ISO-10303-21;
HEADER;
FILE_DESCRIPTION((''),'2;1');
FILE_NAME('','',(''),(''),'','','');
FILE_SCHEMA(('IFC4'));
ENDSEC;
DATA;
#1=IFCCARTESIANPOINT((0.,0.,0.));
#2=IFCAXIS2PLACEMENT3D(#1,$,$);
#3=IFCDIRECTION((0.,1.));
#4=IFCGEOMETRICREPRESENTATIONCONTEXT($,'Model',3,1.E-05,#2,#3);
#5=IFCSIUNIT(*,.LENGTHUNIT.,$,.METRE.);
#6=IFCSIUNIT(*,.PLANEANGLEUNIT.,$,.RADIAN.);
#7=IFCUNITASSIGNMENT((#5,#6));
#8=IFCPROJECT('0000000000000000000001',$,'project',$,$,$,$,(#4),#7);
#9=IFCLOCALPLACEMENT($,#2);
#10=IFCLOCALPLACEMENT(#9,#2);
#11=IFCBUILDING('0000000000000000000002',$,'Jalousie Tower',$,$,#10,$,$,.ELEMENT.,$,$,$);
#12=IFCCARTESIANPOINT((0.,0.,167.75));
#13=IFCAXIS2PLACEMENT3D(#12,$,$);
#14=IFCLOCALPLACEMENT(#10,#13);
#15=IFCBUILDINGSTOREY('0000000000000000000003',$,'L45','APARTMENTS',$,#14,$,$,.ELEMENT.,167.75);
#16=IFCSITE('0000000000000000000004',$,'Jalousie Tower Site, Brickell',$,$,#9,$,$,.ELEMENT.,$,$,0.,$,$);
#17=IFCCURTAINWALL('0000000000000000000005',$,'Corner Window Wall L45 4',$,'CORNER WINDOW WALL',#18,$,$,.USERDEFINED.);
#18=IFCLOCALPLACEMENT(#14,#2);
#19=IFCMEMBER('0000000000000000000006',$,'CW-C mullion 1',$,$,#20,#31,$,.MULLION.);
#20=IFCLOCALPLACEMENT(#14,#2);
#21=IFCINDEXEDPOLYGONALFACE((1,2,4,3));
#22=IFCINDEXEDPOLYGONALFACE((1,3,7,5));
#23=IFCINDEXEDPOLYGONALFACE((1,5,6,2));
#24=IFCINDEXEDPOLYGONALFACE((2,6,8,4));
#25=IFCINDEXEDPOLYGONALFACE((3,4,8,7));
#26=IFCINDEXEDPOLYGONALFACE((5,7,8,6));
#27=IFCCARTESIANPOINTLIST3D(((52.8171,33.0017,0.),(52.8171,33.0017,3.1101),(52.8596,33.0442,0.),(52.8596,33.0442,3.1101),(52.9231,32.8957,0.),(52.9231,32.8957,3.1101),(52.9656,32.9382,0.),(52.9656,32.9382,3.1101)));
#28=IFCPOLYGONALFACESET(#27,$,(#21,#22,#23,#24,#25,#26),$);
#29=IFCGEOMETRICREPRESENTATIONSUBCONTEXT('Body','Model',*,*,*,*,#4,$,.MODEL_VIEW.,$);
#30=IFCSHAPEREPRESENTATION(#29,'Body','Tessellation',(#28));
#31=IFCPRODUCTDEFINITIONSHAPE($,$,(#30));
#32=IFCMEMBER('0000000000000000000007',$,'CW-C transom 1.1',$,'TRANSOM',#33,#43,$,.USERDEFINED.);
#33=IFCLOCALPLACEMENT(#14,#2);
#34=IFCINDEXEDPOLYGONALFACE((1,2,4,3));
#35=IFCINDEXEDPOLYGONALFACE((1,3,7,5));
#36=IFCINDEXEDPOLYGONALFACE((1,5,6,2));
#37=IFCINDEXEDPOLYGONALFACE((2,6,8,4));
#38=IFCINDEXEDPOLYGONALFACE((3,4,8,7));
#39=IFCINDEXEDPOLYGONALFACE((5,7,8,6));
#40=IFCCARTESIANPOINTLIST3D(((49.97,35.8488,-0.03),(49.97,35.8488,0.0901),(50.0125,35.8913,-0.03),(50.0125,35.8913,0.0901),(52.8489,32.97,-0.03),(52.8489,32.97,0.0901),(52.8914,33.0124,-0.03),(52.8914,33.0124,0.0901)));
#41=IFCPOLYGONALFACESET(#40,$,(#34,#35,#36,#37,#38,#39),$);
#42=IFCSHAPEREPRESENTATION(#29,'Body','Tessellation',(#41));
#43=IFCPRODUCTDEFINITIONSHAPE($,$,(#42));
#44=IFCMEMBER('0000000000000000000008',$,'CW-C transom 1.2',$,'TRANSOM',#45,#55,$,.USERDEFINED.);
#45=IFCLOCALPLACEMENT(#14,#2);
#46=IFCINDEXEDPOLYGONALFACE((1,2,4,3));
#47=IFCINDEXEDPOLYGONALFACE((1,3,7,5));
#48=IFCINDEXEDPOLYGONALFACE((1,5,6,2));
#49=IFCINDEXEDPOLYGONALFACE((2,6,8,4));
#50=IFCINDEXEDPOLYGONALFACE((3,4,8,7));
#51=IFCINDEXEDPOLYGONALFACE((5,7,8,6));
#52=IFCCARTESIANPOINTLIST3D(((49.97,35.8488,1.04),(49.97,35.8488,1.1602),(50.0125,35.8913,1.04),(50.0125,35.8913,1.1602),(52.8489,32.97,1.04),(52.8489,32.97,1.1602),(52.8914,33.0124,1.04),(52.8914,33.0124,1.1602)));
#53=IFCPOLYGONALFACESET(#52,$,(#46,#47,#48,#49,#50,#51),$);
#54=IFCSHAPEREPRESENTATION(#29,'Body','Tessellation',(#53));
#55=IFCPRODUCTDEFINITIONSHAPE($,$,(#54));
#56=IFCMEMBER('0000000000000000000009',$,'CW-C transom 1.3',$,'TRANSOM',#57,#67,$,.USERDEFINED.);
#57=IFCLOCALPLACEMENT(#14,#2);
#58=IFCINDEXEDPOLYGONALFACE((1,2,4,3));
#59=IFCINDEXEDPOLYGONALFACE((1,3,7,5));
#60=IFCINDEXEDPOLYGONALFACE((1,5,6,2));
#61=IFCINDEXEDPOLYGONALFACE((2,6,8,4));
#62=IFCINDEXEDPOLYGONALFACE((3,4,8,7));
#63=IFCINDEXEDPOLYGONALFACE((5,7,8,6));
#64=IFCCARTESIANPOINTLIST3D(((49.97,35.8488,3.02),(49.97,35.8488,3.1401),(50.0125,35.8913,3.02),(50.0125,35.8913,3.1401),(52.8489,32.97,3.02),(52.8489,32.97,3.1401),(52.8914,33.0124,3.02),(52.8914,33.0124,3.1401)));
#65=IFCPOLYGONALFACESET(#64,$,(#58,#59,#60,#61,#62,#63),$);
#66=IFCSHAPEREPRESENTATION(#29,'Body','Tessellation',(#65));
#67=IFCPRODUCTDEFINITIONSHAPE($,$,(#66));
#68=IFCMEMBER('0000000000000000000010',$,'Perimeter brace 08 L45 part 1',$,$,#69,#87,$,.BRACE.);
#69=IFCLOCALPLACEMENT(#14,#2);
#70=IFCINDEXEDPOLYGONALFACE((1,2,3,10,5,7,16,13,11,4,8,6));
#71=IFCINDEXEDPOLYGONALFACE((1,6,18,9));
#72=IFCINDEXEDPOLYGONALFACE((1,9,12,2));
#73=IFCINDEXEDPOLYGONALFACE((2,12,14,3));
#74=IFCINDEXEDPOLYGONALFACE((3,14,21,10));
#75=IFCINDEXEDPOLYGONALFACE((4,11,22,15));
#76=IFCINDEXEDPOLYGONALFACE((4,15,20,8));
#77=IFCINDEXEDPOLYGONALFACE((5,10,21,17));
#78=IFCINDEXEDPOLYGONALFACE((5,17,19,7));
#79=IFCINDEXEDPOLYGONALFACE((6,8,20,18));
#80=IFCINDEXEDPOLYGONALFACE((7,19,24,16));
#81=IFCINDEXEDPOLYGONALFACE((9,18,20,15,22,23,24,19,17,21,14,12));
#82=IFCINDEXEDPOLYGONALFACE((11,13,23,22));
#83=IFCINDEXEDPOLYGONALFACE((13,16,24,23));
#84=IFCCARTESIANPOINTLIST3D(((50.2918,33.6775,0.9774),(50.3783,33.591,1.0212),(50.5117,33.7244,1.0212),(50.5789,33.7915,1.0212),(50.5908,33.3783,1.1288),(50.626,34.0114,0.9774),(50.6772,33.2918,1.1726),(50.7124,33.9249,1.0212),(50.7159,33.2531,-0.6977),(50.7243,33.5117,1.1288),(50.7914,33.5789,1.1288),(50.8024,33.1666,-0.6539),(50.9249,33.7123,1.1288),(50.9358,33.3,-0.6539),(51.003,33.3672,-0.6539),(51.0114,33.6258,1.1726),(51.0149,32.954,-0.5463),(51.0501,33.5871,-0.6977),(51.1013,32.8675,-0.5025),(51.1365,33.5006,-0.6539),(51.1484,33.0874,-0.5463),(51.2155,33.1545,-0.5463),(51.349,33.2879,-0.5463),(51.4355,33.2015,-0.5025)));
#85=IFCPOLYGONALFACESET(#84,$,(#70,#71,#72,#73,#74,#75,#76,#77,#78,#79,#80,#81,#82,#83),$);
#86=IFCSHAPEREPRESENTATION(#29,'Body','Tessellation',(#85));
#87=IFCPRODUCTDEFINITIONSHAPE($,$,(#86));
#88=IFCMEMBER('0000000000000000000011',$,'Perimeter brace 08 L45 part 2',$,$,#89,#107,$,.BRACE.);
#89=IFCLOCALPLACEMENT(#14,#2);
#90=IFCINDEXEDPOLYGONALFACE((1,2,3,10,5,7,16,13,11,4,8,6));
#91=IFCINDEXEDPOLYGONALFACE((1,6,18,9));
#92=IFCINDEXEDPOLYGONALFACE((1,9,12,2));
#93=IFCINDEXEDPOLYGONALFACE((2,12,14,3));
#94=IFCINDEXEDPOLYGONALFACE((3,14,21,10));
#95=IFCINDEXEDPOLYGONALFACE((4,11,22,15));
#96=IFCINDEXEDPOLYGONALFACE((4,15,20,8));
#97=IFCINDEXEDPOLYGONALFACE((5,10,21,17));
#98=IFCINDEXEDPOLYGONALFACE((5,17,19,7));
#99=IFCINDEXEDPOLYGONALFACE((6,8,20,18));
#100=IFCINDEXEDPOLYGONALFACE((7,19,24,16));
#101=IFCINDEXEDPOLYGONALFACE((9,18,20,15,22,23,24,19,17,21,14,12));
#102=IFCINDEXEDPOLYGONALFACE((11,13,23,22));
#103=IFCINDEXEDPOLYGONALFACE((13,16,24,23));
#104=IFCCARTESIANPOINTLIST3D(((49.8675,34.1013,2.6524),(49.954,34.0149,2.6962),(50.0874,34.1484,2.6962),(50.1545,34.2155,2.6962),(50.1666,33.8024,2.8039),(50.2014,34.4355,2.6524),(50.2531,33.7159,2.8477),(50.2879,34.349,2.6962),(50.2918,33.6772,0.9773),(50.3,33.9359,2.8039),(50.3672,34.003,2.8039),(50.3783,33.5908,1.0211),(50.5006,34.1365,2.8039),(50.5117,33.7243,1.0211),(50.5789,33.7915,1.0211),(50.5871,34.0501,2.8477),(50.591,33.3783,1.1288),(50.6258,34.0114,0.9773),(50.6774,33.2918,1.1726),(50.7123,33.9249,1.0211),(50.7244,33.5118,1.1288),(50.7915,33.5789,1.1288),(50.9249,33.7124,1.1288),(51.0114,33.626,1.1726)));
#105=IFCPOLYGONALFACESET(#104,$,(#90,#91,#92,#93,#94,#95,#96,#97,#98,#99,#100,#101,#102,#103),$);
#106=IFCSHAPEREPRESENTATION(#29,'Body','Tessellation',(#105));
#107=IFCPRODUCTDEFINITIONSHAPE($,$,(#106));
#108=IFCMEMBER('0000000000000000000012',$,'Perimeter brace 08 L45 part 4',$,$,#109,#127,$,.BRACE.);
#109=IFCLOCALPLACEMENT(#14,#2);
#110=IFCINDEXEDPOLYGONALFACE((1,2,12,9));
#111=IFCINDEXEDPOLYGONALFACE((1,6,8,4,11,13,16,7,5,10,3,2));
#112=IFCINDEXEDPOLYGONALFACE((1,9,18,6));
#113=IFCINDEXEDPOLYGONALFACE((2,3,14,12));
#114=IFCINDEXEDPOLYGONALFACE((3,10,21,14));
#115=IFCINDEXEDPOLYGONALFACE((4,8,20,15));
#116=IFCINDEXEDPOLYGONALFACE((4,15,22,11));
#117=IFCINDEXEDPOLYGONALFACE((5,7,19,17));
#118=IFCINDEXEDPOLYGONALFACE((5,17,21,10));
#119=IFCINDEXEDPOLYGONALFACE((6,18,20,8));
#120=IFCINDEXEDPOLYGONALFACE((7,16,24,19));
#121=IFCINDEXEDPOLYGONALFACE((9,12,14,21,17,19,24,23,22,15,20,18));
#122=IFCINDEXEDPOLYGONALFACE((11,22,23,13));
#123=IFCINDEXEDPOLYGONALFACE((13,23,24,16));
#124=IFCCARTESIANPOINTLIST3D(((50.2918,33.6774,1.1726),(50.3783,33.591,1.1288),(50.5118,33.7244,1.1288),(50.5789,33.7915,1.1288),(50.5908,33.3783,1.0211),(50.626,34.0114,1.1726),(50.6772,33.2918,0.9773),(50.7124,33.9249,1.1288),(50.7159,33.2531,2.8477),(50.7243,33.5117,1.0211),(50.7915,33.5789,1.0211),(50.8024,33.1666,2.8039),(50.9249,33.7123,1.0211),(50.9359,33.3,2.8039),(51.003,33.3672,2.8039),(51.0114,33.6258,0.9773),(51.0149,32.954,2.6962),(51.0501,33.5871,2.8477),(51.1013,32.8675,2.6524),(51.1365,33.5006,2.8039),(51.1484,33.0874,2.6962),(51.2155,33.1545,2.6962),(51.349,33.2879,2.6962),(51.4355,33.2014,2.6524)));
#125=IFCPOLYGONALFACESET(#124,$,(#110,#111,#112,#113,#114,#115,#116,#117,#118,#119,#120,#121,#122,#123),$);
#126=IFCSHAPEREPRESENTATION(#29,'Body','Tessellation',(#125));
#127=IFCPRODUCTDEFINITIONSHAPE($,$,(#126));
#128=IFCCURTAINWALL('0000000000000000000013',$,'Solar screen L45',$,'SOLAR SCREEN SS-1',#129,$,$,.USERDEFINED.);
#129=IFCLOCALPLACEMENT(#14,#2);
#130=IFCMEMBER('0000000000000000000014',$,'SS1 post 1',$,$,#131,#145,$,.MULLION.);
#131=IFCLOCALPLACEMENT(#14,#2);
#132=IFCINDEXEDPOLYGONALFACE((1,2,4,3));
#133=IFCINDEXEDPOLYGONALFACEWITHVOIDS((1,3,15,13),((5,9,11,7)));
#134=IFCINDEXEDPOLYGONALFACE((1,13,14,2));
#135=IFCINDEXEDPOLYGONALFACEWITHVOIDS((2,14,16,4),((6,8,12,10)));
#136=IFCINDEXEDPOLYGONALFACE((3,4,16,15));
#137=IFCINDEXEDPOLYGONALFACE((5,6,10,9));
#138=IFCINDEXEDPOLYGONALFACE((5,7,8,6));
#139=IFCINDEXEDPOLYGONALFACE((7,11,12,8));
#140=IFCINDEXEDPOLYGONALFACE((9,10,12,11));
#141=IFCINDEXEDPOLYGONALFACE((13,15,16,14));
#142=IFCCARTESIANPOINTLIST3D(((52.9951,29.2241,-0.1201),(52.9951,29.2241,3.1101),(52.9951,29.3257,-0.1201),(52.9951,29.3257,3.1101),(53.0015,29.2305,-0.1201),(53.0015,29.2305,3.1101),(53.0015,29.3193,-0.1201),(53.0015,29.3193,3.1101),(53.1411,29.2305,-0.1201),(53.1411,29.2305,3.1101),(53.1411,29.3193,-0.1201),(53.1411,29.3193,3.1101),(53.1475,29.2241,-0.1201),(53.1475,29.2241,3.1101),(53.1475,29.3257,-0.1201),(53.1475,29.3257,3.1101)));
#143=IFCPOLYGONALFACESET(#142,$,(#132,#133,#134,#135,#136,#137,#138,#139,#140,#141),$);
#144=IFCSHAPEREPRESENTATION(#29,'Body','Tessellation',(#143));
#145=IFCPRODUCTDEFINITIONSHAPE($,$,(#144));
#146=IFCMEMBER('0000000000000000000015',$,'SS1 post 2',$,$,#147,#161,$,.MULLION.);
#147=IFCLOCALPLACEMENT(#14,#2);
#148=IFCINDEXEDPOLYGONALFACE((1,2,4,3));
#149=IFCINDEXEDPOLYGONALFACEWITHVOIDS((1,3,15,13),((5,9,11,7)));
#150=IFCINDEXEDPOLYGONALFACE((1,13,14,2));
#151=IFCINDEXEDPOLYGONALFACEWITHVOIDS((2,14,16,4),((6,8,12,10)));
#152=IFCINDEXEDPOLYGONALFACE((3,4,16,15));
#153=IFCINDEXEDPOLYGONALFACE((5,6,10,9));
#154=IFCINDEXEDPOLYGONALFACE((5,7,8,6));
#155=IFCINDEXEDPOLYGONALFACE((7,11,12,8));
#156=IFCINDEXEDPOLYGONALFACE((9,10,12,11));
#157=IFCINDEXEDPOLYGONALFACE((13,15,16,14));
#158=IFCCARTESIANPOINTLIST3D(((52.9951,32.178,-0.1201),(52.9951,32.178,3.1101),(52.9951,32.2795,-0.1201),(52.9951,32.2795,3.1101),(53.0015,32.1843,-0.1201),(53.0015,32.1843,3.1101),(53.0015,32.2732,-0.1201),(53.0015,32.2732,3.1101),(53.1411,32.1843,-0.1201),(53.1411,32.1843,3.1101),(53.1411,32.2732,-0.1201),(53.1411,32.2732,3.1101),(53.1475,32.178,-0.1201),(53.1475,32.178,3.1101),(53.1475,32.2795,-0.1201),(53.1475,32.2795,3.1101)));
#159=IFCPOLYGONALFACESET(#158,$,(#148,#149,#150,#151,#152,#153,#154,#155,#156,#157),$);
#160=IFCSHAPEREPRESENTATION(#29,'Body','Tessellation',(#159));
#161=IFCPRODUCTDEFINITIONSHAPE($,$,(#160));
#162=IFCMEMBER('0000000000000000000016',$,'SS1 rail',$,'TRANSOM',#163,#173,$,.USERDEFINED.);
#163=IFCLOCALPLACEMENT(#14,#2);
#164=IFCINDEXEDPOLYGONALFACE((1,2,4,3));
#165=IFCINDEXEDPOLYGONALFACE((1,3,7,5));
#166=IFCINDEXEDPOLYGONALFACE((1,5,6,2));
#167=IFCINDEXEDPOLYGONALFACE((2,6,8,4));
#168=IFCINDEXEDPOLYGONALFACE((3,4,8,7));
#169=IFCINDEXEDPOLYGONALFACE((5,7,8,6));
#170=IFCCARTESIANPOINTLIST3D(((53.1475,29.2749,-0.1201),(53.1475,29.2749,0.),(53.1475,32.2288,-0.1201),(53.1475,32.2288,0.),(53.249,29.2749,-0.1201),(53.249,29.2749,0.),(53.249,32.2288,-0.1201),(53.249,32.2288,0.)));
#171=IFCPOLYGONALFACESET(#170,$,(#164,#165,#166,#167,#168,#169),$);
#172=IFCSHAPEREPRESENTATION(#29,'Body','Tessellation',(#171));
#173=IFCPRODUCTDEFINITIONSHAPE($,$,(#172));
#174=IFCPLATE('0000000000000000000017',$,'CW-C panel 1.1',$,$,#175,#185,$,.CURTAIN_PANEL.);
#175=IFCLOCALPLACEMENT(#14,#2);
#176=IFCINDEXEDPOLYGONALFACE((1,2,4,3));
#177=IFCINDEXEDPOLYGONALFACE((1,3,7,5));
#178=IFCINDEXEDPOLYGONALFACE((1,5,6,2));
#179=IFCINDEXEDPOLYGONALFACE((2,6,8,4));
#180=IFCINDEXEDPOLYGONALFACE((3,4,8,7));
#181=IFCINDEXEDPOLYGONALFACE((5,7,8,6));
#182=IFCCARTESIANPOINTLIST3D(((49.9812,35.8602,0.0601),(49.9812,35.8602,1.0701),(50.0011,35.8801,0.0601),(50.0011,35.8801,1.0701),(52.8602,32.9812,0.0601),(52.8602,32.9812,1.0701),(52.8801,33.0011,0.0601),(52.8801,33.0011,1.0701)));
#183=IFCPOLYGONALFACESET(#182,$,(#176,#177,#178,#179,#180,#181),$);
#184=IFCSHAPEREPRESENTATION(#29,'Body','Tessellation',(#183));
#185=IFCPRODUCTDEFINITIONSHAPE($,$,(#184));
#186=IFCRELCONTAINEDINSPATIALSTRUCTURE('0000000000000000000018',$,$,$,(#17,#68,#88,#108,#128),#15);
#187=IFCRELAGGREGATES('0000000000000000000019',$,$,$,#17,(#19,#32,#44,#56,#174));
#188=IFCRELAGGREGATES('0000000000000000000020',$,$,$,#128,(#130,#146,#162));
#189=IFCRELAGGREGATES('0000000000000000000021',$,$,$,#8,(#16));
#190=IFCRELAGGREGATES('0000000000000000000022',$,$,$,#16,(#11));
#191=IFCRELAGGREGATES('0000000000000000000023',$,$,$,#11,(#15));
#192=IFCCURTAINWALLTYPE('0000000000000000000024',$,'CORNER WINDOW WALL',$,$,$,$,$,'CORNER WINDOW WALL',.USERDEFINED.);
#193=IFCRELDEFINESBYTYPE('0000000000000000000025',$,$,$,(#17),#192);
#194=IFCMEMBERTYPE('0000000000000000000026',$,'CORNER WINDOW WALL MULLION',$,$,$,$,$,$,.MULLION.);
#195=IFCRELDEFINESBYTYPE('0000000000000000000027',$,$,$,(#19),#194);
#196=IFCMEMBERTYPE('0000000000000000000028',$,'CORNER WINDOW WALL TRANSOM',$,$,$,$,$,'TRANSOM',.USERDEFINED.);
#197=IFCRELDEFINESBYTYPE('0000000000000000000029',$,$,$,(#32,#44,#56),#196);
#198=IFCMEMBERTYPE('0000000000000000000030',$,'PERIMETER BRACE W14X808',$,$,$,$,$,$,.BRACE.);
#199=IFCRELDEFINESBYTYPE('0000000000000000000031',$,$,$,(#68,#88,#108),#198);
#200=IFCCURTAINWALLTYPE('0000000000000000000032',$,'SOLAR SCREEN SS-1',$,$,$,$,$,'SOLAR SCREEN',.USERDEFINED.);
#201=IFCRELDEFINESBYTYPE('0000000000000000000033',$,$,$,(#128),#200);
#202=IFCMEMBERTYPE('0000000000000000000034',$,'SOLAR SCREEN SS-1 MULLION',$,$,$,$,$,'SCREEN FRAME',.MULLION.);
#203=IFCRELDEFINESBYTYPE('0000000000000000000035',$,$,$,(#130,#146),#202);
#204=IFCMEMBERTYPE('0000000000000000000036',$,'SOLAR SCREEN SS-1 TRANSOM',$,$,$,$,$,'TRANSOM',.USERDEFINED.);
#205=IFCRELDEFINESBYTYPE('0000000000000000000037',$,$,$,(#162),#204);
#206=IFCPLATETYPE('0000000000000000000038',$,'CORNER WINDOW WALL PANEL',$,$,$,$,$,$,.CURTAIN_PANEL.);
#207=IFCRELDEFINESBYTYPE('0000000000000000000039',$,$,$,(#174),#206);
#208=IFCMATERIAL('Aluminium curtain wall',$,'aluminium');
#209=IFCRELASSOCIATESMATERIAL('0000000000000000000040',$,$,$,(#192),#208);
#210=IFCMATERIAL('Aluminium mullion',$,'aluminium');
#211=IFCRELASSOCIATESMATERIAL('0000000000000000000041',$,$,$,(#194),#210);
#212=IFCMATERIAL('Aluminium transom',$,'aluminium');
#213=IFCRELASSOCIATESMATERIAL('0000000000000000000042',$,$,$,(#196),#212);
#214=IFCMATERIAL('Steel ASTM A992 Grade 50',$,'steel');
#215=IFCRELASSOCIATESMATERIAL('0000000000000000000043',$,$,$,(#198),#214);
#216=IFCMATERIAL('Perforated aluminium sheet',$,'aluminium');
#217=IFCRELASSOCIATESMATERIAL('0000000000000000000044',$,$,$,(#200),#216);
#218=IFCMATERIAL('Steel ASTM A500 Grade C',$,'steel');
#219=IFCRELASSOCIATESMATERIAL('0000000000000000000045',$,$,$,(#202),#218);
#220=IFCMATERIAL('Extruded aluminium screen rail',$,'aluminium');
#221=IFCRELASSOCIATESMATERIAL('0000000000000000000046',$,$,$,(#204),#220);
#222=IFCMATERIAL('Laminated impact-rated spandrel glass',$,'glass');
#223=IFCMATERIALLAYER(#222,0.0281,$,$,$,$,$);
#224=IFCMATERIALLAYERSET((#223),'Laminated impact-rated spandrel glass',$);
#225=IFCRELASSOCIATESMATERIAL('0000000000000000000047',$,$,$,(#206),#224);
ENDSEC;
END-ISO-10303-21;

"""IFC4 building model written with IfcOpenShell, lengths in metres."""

from ifc_helpers import new_model, si_unit, direction, frame, origin, origin_2d, place, context, subcontext, project, spatial, rectangle, hollow_rectangle, i_section, extrude, material, layer, layer_set, material_profile, profile_set, type_object, element, aggregate, save


model = new_model("IFC4")

# Units and contexts
model_context = context("Model", 3, precision=1e-05, world=origin(), true_north=direction((0.0, 1.0)))
body_context = subcontext(model_context, "Body", "Model", "MODEL_VIEW")
ifc_project = project(units=[si_unit("LENGTHUNIT", "METRE"), si_unit("PLANEANGLEUNIT", "RADIAN")], contexts=[model_context])

# Site, building, storey
site_placement = place(None, origin())
site = spatial("IfcSite", under=ifc_project, at=site_placement, Name="Jalousie Tower Site, Brickell", CompositionType="ELEMENT", RefElevation=0.0)
building_placement = place(site_placement, origin())
building = spatial("IfcBuilding", under=site, at=building_placement, Name="Jalousie Tower", CompositionType="ELEMENT")
storey_placement = place(building_placement, frame((0.0, 0.0, 167.75)))
storey = spatial("IfcBuildingStorey", under=building, at=storey_placement, Name="L45", Description="APARTMENTS", CompositionType="ELEMENT", Elevation=167.75)

# Curtain wall, members
ifc_material_1 = material(Name="Aluminium curtain wall", Category="aluminium")
curtain_wall_type_1 = type_object("IfcCurtainWallType", Name="CORNER WINDOW WALL", ElementType="CORNER WINDOW WALL", PredefinedType="USERDEFINED", material=ifc_material_1)
curtain_wall_1_placement = place(storey_placement, origin())
curtain_wall_1 = element("IfcCurtainWall", 1, at=curtain_wall_1_placement, inside=storey, type_object=curtain_wall_type_1, Name="Corner Window Wall L45 4", ObjectType="CORNER WINDOW WALL", PredefinedType="USERDEFINED")
ifc_material_2 = material(Name="Aluminium mullion", Category="aluminium")
ifc_material_profile_1 = material_profile(ifc_material_2, rectangle(XDim=0.0601, YDim=0.1499, at=origin_2d()), Name="MULLION 60x150")
ifc_profile_set_1 = profile_set([ifc_material_profile_1], Name="Aluminium mullion")
member_type_1 = type_object("IfcMemberType", Name="CORNER WINDOW WALL MULLION", PredefinedType="MULLION", material=ifc_profile_set_1)
member_1_placement = place(storey_placement, frame((52.8914, 32.97, 0.0), z_axis=(0.0, 0.0, 1.0), x_axis=(-0.707107, -0.707107, 0.0)))
member_1 = element("IfcMember", 2, at=member_1_placement, type_object=member_type_1, Name="CW-C mullion 1", PredefinedType="MULLION", context=body_context, shape_type="SweptSolid", body=[
    extrude(rectangle(XDim=0.0601, YDim=0.1499, at=origin_2d()), origin(), (0.0, 0.0, 1.0), 3.1101),
])
ifc_material_3 = material(Name="Aluminium transom", Category="aluminium")
ifc_material_profile_2 = material_profile(ifc_material_3, rectangle(XDim=0.0601, YDim=0.1201, at=origin_2d()), Name="TRANSOM 60x120")
ifc_profile_set_2 = profile_set([ifc_material_profile_2], Name="Aluminium transom")
member_type_2 = type_object("IfcMemberType", Name="CORNER WINDOW WALL TRANSOM", ElementType="TRANSOM", PredefinedType="USERDEFINED", material=ifc_profile_set_2)
member_2_placement = place(storey_placement, frame((52.8701, 32.9912, 0.03), z_axis=(-0.707107, 0.707107, 0.0), x_axis=(-0.707107, -0.707107, 0.0)))
member_2 = element("IfcMember", 3, at=member_2_placement, type_object=member_type_2, Name="CW-C transom 1.1", ObjectType="TRANSOM", PredefinedType="USERDEFINED", context=body_context, shape_type="SweptSolid", body=[
    extrude(rectangle(XDim=0.0601, YDim=0.1201, at=origin_2d()), origin(), (0.0, 0.0, 1.0), 4.0713),
])
member_3_placement = place(storey_placement, frame((52.8701, 32.9912, 1.1001), z_axis=(-0.707107, 0.707107, 0.0), x_axis=(-0.707107, -0.707107, 0.0)))
member_3 = element("IfcMember", 4, at=member_3_placement, type_object=member_type_2, Name="CW-C transom 1.2", ObjectType="TRANSOM", PredefinedType="USERDEFINED", context=body_context, shape_type="SweptSolid", body=[
    extrude(rectangle(XDim=0.0601, YDim=0.1201, at=origin_2d()), origin(), (0.0, 0.0, 1.0), 4.0713),
])
member_4_placement = place(storey_placement, frame((52.8701, 32.9912, 3.0801), z_axis=(-0.707107, 0.707107, 0.0), x_axis=(-0.707107, -0.707107, 0.0)))
member_4 = element("IfcMember", 5, at=member_4_placement, type_object=member_type_2, Name="CW-C transom 1.3", ObjectType="TRANSOM", PredefinedType="USERDEFINED", context=body_context, shape_type="SweptSolid", body=[
    extrude(rectangle(XDim=0.0601, YDim=0.1201, at=origin_2d()), origin(), (0.0, 0.0, 1.0), 4.0713),
])

# Members
ifc_material_4 = material(Name="Steel ASTM A992 Grade 50", Category="steel")
ifc_material_profile_3 = material_profile(ifc_material_4, i_section(OverallWidth=0.4724, OverallDepth=0.5791, WebThickness=0.095, FlangeThickness=0.1299, at=origin_2d()), Name="W14X808")
ifc_profile_set_3 = profile_set([ifc_material_profile_3], Name="Steel ASTM A992 Grade 50")
member_type_3 = type_object("IfcMemberType", Name="PERIMETER BRACE W14X808", PredefinedType="BRACE", material=ifc_profile_set_3)
for number, where, z_axis, x_axis, name in (
    (6, (51.0757, 33.2273, -0.6001), (-0.238346, 0.238483, 0.941444), (-0.70731, -0.706903, 0.0), "Perimeter brace 08 L45 part 1"),
    (7, (50.6516, 33.6516, 1.075), (-0.238483, 0.238346, 0.941444), (-0.706903, -0.70731, 0.0), "Perimeter brace 08 L45 part 2"),
    (8, (50.6516, 33.6516, 1.075), (0.238346, -0.238483, 0.941444), (0.70731, 0.706903, 0.0), "Perimeter brace 08 L45 part 4"),
):
    element("IfcMember", number, at=place(storey_placement, frame(where, z_axis=z_axis, x_axis=x_axis)), inside=storey, type_object=member_type_3, Name=name, PredefinedType="BRACE", context=body_context, shape_type="SweptSolid", body=[
        extrude(i_section(OverallWidth=0.4724, OverallDepth=0.5791, WebThickness=0.095, FlangeThickness=0.1299, at=origin_2d()), origin(), (0.0, 0.0, 1.0), 1.7793),
    ])

# Curtain wall, members
ifc_material_5 = material(Name="Perforated aluminium sheet", Category="aluminium")
curtain_wall_type_2 = type_object("IfcCurtainWallType", Name="SOLAR SCREEN SS-1", ElementType="SOLAR SCREEN", PredefinedType="USERDEFINED", material=ifc_material_5)
curtain_wall_2_placement = place(storey_placement, origin())
curtain_wall_2 = element("IfcCurtainWall", 9, at=curtain_wall_2_placement, inside=storey, type_object=curtain_wall_type_2, Name="Solar screen L45", ObjectType="SOLAR SCREEN SS-1", PredefinedType="USERDEFINED")
ifc_material_6 = material(Name="Steel ASTM A500 Grade C", Category="steel")
ifc_material_profile_4 = material_profile(ifc_material_6, hollow_rectangle(XDim=0.1016, YDim=0.1523, WallThickness=0.0063, at=origin_2d()), Name="HSS6X4X1/4")
ifc_profile_set_4 = profile_set([ifc_material_profile_4], Name="Steel ASTM A500 Grade C")
member_type_4 = type_object("IfcMemberType", Name="SOLAR SCREEN SS-1 MULLION", ElementType="SCREEN FRAME", PredefinedType="MULLION", material=ifc_profile_set_4)
member_5_placement = place(storey_placement, frame((53.0713, 29.2749, -0.1201), z_axis=(0.0, 0.0, 1.0), x_axis=(0.0, 1.0, 0.0)))
member_5 = element("IfcMember", 10, at=member_5_placement, type_object=member_type_4, Name="SS1 post 1", PredefinedType="MULLION", context=body_context, shape_type="SweptSolid", body=[
    extrude(hollow_rectangle(XDim=0.1016, YDim=0.1523, WallThickness=0.0063, at=origin_2d()), origin(), (0.0, 0.0, 1.0), 3.2302),
])
member_6_placement = place(storey_placement, frame((53.0713, 32.2288, -0.1201), z_axis=(0.0, 0.0, 1.0), x_axis=(0.0, 1.0, 0.0)))
member_6 = element("IfcMember", 11, at=member_6_placement, type_object=member_type_4, Name="SS1 post 2", PredefinedType="MULLION", context=body_context, shape_type="SweptSolid", body=[
    extrude(hollow_rectangle(XDim=0.1016, YDim=0.1523, WallThickness=0.0063, at=origin_2d()), origin(), (0.0, 0.0, 1.0), 3.2302),
])
ifc_material_7 = material(Name="Extruded aluminium screen rail", Category="aluminium")
ifc_material_profile_5 = material_profile(ifc_material_7, rectangle(XDim=0.1016, YDim=0.1201, at=origin_2d()), Name="RAIL 102x120")
ifc_profile_set_5 = profile_set([ifc_material_profile_5], Name="Extruded aluminium screen rail")
member_type_5 = type_object("IfcMemberType", Name="SOLAR SCREEN SS-1 TRANSOM", ElementType="TRANSOM", PredefinedType="USERDEFINED", material=ifc_profile_set_5)
member_7_placement = place(storey_placement, frame((53.1982, 29.2749, -0.0601), z_axis=(0.0, 1.0, 0.0), x_axis=(-1.0, 0.0, 0.0)))
member_7 = element("IfcMember", 12, at=member_7_placement, type_object=member_type_5, Name="SS1 rail", ObjectType="TRANSOM", PredefinedType="USERDEFINED", context=body_context, shape_type="SweptSolid", body=[
    extrude(rectangle(XDim=0.1016, YDim=0.1201, at=origin_2d()), origin(), (0.0, 0.0, 1.0), 2.9539),
])

# Plate
ifc_material_8 = material(Name="Laminated impact-rated spandrel glass", Category="glass")
ifc_layer_1 = layer(ifc_material_8, 0.0281)
ifc_layer_set_1 = layer_set([ifc_layer_1], Name="Laminated impact-rated spandrel glass")
plate_type_1 = type_object("IfcPlateType", Name="CORNER WINDOW WALL PANEL", PredefinedType="CURTAIN_PANEL", material=ifc_layer_set_1)
plate_1_placement = place(storey_placement, frame((51.4307, 34.4307, 0.0601), z_axis=(0.0, 0.0, 1.0), x_axis=(-0.707107, 0.707107, 0.0)))
plate_1 = element("IfcPlate", 13, at=plate_1_placement, type_object=plate_type_1, Name="CW-C panel 1.1", PredefinedType="CURTAIN_PANEL", context=body_context, shape_type="SweptSolid", body=[
    extrude(rectangle(XDim=4.0715, YDim=0.0281, at=origin_2d()), origin(), (0.0, 0.0, 1.0), 1.01),
])
aggregate(curtain_wall_1, [member_1, member_2, member_3, member_4, plate_1])
aggregate(curtain_wall_2, [member_5, member_6, member_7])

save(model, "model.ifc")
